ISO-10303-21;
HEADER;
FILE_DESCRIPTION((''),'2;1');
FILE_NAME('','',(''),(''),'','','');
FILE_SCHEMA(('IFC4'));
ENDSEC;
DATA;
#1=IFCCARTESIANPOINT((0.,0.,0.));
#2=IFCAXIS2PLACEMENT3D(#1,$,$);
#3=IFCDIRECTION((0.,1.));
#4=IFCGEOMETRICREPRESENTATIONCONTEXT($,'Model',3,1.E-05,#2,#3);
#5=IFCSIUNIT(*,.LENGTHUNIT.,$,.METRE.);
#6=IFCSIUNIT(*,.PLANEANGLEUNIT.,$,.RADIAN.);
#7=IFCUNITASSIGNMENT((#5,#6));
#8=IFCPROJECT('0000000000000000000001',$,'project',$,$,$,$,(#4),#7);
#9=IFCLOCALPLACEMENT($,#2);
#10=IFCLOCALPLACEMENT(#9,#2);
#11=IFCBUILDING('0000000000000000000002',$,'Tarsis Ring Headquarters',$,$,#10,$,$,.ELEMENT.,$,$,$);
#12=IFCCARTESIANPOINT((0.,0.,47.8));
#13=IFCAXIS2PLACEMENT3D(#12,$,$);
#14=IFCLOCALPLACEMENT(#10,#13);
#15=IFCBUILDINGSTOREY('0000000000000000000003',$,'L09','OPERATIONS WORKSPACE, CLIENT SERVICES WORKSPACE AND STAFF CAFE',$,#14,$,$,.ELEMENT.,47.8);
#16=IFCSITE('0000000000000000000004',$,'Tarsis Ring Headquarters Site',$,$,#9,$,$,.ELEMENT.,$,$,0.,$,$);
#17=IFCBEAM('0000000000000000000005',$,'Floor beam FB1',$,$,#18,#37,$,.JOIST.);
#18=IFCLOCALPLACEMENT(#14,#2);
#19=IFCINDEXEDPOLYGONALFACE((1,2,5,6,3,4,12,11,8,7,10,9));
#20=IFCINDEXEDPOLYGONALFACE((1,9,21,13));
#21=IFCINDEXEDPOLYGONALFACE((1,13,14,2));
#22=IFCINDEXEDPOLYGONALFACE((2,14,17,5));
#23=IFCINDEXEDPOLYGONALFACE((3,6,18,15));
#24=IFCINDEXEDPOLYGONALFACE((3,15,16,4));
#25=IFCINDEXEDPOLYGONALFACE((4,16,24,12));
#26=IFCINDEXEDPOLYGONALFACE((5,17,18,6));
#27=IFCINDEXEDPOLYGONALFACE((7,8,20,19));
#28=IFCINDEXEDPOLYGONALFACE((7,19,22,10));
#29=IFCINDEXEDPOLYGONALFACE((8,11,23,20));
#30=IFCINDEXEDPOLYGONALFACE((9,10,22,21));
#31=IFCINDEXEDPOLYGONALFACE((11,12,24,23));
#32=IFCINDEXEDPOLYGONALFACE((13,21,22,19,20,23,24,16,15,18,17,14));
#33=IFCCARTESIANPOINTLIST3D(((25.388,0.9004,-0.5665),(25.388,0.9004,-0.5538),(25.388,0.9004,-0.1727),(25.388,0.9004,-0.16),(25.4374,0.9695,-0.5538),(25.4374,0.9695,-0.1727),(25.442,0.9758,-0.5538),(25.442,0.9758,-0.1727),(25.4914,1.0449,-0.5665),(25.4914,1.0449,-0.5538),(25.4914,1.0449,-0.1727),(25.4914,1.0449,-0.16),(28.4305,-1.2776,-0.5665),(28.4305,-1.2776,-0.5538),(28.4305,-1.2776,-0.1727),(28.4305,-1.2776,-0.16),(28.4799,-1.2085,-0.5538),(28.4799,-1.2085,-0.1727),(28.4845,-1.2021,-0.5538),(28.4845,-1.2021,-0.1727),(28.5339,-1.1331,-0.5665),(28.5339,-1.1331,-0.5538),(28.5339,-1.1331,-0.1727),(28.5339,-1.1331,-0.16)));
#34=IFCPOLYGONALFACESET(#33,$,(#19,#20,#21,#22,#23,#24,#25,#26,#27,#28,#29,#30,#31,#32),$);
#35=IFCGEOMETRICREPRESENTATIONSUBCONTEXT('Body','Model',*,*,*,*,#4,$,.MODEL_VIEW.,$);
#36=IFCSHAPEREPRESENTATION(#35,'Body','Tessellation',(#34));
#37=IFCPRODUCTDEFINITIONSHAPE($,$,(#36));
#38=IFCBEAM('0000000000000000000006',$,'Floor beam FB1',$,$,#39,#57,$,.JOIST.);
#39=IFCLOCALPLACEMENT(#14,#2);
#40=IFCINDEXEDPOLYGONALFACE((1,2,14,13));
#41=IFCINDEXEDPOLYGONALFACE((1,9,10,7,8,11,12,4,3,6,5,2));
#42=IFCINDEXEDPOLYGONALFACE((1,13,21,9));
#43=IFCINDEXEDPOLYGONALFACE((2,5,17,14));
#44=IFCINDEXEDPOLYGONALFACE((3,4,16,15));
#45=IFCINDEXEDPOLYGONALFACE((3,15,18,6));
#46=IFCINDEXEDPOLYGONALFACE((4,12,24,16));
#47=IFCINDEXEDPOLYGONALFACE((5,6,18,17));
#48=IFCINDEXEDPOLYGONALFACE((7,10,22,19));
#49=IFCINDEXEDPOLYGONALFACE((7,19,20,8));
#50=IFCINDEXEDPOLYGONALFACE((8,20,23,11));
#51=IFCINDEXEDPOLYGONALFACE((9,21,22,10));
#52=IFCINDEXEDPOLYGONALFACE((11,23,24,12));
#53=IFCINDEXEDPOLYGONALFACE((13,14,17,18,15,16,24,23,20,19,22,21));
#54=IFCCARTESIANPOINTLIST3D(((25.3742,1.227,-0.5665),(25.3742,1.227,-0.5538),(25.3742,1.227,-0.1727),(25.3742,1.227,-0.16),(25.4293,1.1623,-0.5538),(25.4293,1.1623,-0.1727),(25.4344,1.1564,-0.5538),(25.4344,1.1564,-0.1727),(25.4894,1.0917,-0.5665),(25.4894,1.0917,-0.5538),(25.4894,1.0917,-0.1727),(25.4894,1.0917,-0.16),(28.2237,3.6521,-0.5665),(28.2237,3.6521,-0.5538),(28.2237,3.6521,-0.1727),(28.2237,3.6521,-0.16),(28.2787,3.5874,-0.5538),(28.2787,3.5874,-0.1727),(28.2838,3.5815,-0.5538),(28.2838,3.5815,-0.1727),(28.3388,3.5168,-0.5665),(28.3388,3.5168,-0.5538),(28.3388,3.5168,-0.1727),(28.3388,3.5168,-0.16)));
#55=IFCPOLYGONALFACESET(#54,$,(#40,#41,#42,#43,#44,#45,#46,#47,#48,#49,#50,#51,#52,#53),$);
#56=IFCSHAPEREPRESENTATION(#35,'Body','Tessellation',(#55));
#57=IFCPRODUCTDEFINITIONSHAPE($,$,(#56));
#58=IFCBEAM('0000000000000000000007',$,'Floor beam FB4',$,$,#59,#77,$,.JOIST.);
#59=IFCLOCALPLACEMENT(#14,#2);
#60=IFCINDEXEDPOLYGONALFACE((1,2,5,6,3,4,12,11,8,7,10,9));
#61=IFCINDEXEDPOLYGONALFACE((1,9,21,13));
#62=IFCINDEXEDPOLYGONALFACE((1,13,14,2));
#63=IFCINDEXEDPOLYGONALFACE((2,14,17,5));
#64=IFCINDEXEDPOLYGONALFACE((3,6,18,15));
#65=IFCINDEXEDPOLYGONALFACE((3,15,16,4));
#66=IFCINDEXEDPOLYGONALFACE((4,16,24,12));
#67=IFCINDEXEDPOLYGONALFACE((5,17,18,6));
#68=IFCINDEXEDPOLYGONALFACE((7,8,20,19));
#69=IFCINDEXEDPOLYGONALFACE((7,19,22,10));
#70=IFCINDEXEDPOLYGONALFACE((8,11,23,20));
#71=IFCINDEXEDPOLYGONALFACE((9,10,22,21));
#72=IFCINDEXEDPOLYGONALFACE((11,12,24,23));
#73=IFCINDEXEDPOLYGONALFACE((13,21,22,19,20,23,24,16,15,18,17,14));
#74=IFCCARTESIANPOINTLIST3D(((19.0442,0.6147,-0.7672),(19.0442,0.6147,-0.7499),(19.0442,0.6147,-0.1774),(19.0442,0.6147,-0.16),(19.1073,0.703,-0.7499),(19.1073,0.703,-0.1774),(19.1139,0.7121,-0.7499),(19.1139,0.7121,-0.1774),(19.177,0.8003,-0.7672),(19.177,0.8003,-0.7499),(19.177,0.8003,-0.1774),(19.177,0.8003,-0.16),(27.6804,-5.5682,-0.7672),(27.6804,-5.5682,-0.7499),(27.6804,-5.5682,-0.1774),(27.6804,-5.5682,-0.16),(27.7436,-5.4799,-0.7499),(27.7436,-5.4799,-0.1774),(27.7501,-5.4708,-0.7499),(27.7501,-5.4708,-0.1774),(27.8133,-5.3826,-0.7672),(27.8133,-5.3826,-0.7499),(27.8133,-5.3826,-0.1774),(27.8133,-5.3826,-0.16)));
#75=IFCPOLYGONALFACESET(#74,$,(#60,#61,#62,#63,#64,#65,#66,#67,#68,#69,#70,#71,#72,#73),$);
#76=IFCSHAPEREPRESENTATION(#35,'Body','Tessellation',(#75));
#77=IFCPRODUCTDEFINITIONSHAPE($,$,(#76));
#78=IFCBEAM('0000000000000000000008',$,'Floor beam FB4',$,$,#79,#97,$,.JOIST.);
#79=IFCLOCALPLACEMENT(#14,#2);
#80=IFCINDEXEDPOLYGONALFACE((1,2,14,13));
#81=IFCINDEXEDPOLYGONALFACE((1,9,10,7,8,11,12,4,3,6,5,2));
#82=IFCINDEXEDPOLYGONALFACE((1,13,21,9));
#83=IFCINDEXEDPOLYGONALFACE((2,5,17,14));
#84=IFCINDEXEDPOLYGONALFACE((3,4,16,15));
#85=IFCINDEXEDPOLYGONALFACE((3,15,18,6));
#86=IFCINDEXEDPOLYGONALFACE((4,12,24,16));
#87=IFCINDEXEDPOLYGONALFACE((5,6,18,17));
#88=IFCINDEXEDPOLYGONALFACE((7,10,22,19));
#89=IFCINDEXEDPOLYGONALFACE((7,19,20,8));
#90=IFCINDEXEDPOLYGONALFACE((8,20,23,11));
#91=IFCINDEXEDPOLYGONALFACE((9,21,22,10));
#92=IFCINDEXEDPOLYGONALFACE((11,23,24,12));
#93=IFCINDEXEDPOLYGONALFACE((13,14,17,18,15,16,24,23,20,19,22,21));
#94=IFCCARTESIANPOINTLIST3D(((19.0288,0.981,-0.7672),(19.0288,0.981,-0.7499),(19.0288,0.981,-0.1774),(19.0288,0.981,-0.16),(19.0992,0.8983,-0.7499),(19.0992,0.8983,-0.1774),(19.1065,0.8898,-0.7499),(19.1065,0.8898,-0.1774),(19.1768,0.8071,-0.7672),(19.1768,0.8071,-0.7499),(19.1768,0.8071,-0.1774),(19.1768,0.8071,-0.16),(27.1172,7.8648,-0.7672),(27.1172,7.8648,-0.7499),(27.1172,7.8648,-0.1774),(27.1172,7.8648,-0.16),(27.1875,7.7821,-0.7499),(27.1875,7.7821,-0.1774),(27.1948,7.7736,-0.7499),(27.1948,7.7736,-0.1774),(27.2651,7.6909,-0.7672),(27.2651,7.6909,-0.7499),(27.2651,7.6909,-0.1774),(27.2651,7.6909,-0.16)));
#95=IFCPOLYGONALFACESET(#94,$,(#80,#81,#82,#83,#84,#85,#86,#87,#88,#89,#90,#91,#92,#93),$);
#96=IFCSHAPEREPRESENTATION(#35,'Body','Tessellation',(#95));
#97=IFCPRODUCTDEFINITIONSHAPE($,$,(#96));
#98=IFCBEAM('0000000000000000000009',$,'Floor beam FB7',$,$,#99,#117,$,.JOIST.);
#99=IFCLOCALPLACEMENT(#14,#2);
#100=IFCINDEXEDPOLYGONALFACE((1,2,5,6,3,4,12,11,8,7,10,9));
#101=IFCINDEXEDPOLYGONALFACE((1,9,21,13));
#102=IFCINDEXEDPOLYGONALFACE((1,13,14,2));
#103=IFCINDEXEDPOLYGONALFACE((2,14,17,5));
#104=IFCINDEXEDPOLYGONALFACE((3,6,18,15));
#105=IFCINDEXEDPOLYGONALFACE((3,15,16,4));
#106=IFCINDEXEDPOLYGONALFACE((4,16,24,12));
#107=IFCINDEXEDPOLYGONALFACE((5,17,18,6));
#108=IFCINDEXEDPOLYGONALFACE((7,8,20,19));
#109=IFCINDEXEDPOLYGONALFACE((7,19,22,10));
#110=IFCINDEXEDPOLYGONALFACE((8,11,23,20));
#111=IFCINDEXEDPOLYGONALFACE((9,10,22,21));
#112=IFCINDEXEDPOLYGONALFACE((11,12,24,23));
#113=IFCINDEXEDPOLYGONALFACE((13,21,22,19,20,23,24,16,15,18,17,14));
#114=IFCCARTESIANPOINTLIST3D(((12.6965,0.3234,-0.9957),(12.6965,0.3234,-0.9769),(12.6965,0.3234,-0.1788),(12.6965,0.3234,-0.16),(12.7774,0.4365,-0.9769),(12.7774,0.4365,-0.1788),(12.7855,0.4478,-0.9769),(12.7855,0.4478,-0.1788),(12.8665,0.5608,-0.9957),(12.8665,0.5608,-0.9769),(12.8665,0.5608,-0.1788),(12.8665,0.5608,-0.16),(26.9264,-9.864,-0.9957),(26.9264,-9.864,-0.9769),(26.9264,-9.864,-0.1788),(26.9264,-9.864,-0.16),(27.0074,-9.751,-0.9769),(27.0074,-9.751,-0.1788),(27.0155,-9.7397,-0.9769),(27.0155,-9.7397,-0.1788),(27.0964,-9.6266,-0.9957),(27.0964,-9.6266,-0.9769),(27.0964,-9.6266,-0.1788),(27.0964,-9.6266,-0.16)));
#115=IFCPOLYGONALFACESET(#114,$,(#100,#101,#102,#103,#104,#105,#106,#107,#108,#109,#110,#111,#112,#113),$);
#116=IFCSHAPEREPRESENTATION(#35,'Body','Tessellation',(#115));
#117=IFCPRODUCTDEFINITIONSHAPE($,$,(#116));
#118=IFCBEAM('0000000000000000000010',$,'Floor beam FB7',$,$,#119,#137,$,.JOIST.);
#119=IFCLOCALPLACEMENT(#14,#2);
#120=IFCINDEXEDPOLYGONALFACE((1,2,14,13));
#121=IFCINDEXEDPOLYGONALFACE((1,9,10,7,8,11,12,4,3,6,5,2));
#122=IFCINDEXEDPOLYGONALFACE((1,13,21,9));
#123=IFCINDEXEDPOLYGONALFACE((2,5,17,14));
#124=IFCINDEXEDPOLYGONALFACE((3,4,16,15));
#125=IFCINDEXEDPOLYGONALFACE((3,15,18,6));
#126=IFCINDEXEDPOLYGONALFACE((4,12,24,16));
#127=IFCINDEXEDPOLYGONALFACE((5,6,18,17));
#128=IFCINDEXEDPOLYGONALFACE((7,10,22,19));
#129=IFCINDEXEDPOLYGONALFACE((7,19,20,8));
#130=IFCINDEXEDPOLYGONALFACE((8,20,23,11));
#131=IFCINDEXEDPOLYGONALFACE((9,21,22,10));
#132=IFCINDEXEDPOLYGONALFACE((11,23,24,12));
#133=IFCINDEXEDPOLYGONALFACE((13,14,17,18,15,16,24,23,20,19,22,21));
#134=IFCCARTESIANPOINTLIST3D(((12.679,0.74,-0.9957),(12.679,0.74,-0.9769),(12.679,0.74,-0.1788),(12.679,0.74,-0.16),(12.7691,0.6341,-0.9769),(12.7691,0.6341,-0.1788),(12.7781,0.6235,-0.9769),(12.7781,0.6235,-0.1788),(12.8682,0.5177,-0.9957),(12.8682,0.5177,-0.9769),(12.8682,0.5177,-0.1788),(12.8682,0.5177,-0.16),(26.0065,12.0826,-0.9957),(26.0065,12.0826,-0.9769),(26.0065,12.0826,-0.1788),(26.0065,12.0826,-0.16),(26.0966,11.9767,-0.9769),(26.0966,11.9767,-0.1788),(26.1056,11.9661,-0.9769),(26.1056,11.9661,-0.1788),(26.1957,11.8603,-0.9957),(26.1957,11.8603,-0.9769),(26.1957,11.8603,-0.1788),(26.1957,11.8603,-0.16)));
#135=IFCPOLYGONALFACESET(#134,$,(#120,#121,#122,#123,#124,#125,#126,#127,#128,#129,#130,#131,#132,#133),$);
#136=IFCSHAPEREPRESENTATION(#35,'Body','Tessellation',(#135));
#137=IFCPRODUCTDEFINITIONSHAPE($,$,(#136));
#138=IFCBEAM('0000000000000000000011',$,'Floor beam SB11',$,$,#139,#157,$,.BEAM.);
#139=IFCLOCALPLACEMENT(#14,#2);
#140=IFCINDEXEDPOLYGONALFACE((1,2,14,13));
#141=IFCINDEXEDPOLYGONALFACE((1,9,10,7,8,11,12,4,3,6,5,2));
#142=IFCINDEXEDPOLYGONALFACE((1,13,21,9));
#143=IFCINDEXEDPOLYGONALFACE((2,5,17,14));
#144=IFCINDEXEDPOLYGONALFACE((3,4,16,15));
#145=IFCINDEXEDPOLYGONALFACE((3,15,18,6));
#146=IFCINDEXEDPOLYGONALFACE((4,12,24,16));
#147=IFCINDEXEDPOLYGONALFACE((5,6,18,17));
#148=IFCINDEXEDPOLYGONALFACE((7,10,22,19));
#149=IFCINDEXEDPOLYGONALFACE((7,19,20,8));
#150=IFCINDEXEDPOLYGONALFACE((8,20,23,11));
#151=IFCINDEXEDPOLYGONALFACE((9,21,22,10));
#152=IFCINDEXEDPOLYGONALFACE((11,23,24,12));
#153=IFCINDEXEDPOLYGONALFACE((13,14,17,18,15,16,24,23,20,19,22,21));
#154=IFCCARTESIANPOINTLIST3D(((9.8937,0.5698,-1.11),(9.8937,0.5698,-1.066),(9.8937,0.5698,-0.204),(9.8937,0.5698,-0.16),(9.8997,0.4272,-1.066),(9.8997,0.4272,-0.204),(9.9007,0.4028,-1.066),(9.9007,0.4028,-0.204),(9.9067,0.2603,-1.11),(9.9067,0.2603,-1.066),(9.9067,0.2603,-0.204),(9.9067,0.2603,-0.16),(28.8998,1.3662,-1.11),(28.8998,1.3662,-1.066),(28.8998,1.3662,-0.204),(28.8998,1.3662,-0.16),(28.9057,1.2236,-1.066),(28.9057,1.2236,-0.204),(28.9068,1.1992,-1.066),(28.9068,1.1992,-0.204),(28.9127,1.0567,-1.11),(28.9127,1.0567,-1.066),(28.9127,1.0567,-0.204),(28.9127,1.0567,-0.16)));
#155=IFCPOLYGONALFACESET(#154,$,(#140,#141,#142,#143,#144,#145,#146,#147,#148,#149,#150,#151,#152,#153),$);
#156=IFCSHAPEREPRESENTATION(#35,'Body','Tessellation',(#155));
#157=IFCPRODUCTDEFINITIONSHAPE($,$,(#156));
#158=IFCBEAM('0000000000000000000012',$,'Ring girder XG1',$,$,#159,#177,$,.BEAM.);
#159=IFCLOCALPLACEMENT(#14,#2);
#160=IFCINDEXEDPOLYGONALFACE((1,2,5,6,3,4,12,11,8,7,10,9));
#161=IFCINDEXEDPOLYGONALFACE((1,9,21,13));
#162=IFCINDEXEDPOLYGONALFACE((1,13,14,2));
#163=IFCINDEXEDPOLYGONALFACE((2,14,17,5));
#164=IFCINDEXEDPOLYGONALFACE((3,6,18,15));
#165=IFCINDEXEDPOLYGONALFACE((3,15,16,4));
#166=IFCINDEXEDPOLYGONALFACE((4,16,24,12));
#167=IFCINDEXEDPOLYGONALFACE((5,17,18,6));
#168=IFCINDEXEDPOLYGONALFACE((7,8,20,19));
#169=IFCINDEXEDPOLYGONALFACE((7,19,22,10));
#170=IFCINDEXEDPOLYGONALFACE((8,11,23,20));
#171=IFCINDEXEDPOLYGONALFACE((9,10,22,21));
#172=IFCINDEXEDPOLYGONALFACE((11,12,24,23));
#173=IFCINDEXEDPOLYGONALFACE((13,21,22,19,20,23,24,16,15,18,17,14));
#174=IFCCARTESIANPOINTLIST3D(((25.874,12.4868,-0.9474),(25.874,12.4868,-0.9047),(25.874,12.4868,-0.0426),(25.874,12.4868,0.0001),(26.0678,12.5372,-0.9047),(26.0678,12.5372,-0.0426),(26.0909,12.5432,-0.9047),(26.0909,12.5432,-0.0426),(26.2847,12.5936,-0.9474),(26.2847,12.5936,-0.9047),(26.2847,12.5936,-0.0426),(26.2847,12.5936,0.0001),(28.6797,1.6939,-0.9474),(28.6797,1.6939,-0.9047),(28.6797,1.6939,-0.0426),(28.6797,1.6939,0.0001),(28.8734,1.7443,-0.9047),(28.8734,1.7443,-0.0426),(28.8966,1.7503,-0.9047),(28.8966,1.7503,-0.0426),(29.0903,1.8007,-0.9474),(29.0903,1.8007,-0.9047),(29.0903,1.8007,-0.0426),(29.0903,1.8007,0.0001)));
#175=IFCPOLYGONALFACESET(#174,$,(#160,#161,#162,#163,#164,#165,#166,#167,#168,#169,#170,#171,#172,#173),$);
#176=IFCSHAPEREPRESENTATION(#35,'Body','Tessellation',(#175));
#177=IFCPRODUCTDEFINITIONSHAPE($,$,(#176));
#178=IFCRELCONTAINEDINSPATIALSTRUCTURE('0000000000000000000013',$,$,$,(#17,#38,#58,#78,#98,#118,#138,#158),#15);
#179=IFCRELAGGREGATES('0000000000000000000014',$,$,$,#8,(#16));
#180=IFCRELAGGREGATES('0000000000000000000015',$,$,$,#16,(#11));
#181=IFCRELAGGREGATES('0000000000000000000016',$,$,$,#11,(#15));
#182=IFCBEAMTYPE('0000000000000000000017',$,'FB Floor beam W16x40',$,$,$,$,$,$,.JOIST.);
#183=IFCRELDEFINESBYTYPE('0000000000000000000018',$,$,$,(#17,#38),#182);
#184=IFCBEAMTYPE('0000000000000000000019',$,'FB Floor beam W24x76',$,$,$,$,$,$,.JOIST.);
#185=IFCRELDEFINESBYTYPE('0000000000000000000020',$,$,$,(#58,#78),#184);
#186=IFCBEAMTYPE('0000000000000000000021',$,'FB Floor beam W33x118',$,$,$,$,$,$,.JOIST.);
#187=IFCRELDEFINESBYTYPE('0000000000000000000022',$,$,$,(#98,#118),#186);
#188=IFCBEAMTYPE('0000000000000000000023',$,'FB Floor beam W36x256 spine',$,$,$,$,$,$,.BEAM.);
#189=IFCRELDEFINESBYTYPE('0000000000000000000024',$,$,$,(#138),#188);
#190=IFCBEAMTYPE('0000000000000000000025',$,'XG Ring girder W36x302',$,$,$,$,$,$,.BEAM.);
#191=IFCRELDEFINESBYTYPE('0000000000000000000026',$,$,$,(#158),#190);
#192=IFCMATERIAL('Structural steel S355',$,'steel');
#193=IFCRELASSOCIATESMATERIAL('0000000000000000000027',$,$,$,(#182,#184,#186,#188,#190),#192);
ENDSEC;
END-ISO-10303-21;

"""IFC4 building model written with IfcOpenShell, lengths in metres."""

from ifc_helpers import new_model, si_unit, direction, frame, origin, origin_2d, place, context, subcontext, project, spatial, i_section, extrude, material, material_profile, profile_set, type_object, element, save


model = new_model("IFC4")

# Units and contexts
model_context = context("Model", 3, precision=1e-05, world=origin(), true_north=direction((0.0, 1.0)))
body_context = subcontext(model_context, "Body", "Model", "MODEL_VIEW")
ifc_project = project(units=[si_unit("LENGTHUNIT", "METRE"), si_unit("PLANEANGLEUNIT", "RADIAN")], contexts=[model_context])

# Site, building, storey
site_placement = place(None, origin())
site = spatial("IfcSite", under=ifc_project, at=site_placement, Name="Tarsis Ring Headquarters Site", CompositionType="ELEMENT", RefElevation=0.0)
building_placement = place(site_placement, origin())
building = spatial("IfcBuilding", under=site, at=building_placement, Name="Tarsis Ring Headquarters", CompositionType="ELEMENT")
storey_placement = place(building_placement, frame((0.0, 0.0, 47.8)))
storey = spatial("IfcBuildingStorey", under=building, at=storey_placement, Name="L09", Description="OPERATIONS WORKSPACE, CLIENT SERVICES WORKSPACE AND STAFF CAFE", CompositionType="ELEMENT", Elevation=47.8)

# Beams
ifc_material_1 = material(Name="Structural steel S355", Category="steel")
ifc_material_profile_1 = material_profile(ifc_material_1, i_section(OverallWidth=0.1777, OverallDepth=0.4065, WebThickness=0.0078, FlangeThickness=0.0127, at=origin_2d()), Name="W16x40")
ifc_profile_set_1 = profile_set([ifc_material_profile_1], Name="Structural steel S355")
beam_type_1 = type_object("IfcBeamType", Name="FB Floor beam W16x40", PredefinedType="JOIST", material=ifc_profile_set_1)
for number, where, z_axis, x_axis, name in (
    (1, (25.4397, 0.9727, -0.3633), (0.813129, -0.582083, 0.0), (0.582083, 0.813129, 0.0), "Floor beam FB1"),
    (2, (28.2812, 3.5845, -0.3633), (-0.761532, -0.648127, 0.0), (0.648127, -0.761532, 0.0), "Floor beam FB1"),
):
    element("IfcBeam", number, at=place(storey_placement, frame(where, z_axis=z_axis, x_axis=x_axis)), inside=storey, type_object=beam_type_1, Name=name, PredefinedType="JOIST", context=body_context, shape_type="SweptSolid", body=[
        extrude(i_section(OverallWidth=0.1777, OverallDepth=0.4065, WebThickness=0.0078, FlangeThickness=0.0127, at=origin_2d()), origin(), (0.0, 0.0, 1.0), 3.7417),
    ])
ifc_material_profile_2 = material_profile(ifc_material_1, i_section(OverallWidth=0.2283, OverallDepth=0.6072, WebThickness=0.0112, FlangeThickness=0.0173, at=origin_2d()), Name="W24x76")
ifc_profile_set_2 = profile_set([ifc_material_profile_2], Name="Structural steel S355")
beam_type_2 = type_object("IfcBeamType", Name="FB Floor beam W24x76", PredefinedType="JOIST", material=ifc_profile_set_2)
beam_1_placement = place(storey_placement, frame((19.1106, 0.7075, -0.4636), z_axis=(0.813104, -0.582118, 0.0), x_axis=(0.582118, 0.813104, 0.0)))
element("IfcBeam", 3, at=beam_1_placement, inside=storey, type_object=beam_type_2, Name="Floor beam FB4", PredefinedType="JOIST", context=body_context, shape_type="SweptSolid", body=[
    extrude(i_section(OverallWidth=0.2283, OverallDepth=0.6072, WebThickness=0.0112, FlangeThickness=0.0173, at=origin_2d()), origin(), (0.0, 0.0, 1.0), 10.6213),
])
beam_2_placement = place(storey_placement, frame((27.1912, 7.7778, -0.4636), z_axis=(-0.761536, -0.648122, 0.0), x_axis=(0.648122, -0.761536, 0.0)))
element("IfcBeam", 4, at=beam_2_placement, inside=storey, type_object=beam_type_2, Name="Floor beam FB4", PredefinedType="JOIST", context=body_context, shape_type="SweptSolid", body=[
    extrude(i_section(OverallWidth=0.2283, OverallDepth=0.6072, WebThickness=0.0112, FlangeThickness=0.0173, at=origin_2d()), origin(), (0.0, 0.0, 1.0), 10.6211),
])
ifc_material_profile_3 = material_profile(ifc_material_1, i_section(OverallWidth=0.292, OverallDepth=0.8357, WebThickness=0.0139, FlangeThickness=0.0188, at=origin_2d()), Name="W33x118")
ifc_profile_set_3 = profile_set([ifc_material_profile_3], Name="Structural steel S355")
beam_type_3 = type_object("IfcBeamType", Name="FB Floor beam W33x118", PredefinedType="JOIST", material=ifc_profile_set_3)
for number, where, z_axis, x_axis, name in (
    (5, (12.7815, 0.4421, -0.5779), (0.813105, -0.582117, 0.0), (0.582117, 0.813105, 0.0), "Floor beam FB7"),
    (6, (26.1011, 11.9714, -0.5779), (-0.761537, -0.648121, 0.0), (0.648121, -0.761537, 0.0), "Floor beam FB7"),
):
    element("IfcBeam", number, at=place(storey_placement, frame(where, z_axis=z_axis, x_axis=x_axis)), inside=storey, type_object=beam_type_3, Name=name, PredefinedType="JOIST", context=body_context, shape_type="SweptSolid", body=[
        extrude(i_section(OverallWidth=0.292, OverallDepth=0.8357, WebThickness=0.0139, FlangeThickness=0.0188, at=origin_2d()), origin(), (0.0, 0.0, 1.0), 17.5007),
    ])
ifc_material_profile_4 = material_profile(ifc_material_1, i_section(OverallWidth=0.3098, OverallDepth=0.95, WebThickness=0.0244, FlangeThickness=0.0439, at=origin_2d()), Name="W36x256")
ifc_profile_set_4 = profile_set([ifc_material_profile_4], Name="Structural steel S355")
beam_type_4 = type_object("IfcBeamType", Name="FB Floor beam W36x256 spine", PredefinedType="BEAM", material=ifc_profile_set_4)
beam_3_placement = place(storey_placement, frame((28.9062, 1.2114, -0.635), z_axis=(-0.999123, -0.041865, 0.0), x_axis=(0.041865, -0.999123, 0.0)))
element("IfcBeam", 7, at=beam_3_placement, inside=storey, type_object=beam_type_4, Name="Floor beam SB11", PredefinedType="BEAM", context=body_context, shape_type="SweptSolid", body=[
    extrude(i_section(OverallWidth=0.3098, OverallDepth=0.95, WebThickness=0.0244, FlangeThickness=0.0439, at=origin_2d()), origin(), (0.0, 0.0, 1.0), 19.0227),
])
ifc_material_profile_5 = material_profile(ifc_material_1, i_section(OverallWidth=0.4243, OverallDepth=0.9475, WebThickness=0.0239, FlangeThickness=0.0427, at=origin_2d()), Name="W36x302")
ifc_profile_set_5 = profile_set([ifc_material_profile_5], Name="Structural steel S355")
beam_type_5 = type_object("IfcBeamType", Name="XG Ring girder W36x302", PredefinedType="BEAM", material=ifc_profile_set_5)
beam_4_placement = place(storey_placement, frame((28.885, 1.7473, -0.4736), z_axis=(-0.251591, 0.967834, 0.0), x_axis=(-0.967834, -0.251591, 0.0)))
element("IfcBeam", 8, at=beam_4_placement, inside=storey, type_object=beam_type_5, Name="Ring girder XG1", PredefinedType="BEAM", context=body_context, shape_type="SweptSolid", body=[
    extrude(i_section(OverallWidth=0.4243, OverallDepth=0.9475, WebThickness=0.0239, FlangeThickness=0.0427, at=origin_2d()), origin(), (0.0, 0.0, 1.0), 11.1516),
])

save(model, "model.ifc")
